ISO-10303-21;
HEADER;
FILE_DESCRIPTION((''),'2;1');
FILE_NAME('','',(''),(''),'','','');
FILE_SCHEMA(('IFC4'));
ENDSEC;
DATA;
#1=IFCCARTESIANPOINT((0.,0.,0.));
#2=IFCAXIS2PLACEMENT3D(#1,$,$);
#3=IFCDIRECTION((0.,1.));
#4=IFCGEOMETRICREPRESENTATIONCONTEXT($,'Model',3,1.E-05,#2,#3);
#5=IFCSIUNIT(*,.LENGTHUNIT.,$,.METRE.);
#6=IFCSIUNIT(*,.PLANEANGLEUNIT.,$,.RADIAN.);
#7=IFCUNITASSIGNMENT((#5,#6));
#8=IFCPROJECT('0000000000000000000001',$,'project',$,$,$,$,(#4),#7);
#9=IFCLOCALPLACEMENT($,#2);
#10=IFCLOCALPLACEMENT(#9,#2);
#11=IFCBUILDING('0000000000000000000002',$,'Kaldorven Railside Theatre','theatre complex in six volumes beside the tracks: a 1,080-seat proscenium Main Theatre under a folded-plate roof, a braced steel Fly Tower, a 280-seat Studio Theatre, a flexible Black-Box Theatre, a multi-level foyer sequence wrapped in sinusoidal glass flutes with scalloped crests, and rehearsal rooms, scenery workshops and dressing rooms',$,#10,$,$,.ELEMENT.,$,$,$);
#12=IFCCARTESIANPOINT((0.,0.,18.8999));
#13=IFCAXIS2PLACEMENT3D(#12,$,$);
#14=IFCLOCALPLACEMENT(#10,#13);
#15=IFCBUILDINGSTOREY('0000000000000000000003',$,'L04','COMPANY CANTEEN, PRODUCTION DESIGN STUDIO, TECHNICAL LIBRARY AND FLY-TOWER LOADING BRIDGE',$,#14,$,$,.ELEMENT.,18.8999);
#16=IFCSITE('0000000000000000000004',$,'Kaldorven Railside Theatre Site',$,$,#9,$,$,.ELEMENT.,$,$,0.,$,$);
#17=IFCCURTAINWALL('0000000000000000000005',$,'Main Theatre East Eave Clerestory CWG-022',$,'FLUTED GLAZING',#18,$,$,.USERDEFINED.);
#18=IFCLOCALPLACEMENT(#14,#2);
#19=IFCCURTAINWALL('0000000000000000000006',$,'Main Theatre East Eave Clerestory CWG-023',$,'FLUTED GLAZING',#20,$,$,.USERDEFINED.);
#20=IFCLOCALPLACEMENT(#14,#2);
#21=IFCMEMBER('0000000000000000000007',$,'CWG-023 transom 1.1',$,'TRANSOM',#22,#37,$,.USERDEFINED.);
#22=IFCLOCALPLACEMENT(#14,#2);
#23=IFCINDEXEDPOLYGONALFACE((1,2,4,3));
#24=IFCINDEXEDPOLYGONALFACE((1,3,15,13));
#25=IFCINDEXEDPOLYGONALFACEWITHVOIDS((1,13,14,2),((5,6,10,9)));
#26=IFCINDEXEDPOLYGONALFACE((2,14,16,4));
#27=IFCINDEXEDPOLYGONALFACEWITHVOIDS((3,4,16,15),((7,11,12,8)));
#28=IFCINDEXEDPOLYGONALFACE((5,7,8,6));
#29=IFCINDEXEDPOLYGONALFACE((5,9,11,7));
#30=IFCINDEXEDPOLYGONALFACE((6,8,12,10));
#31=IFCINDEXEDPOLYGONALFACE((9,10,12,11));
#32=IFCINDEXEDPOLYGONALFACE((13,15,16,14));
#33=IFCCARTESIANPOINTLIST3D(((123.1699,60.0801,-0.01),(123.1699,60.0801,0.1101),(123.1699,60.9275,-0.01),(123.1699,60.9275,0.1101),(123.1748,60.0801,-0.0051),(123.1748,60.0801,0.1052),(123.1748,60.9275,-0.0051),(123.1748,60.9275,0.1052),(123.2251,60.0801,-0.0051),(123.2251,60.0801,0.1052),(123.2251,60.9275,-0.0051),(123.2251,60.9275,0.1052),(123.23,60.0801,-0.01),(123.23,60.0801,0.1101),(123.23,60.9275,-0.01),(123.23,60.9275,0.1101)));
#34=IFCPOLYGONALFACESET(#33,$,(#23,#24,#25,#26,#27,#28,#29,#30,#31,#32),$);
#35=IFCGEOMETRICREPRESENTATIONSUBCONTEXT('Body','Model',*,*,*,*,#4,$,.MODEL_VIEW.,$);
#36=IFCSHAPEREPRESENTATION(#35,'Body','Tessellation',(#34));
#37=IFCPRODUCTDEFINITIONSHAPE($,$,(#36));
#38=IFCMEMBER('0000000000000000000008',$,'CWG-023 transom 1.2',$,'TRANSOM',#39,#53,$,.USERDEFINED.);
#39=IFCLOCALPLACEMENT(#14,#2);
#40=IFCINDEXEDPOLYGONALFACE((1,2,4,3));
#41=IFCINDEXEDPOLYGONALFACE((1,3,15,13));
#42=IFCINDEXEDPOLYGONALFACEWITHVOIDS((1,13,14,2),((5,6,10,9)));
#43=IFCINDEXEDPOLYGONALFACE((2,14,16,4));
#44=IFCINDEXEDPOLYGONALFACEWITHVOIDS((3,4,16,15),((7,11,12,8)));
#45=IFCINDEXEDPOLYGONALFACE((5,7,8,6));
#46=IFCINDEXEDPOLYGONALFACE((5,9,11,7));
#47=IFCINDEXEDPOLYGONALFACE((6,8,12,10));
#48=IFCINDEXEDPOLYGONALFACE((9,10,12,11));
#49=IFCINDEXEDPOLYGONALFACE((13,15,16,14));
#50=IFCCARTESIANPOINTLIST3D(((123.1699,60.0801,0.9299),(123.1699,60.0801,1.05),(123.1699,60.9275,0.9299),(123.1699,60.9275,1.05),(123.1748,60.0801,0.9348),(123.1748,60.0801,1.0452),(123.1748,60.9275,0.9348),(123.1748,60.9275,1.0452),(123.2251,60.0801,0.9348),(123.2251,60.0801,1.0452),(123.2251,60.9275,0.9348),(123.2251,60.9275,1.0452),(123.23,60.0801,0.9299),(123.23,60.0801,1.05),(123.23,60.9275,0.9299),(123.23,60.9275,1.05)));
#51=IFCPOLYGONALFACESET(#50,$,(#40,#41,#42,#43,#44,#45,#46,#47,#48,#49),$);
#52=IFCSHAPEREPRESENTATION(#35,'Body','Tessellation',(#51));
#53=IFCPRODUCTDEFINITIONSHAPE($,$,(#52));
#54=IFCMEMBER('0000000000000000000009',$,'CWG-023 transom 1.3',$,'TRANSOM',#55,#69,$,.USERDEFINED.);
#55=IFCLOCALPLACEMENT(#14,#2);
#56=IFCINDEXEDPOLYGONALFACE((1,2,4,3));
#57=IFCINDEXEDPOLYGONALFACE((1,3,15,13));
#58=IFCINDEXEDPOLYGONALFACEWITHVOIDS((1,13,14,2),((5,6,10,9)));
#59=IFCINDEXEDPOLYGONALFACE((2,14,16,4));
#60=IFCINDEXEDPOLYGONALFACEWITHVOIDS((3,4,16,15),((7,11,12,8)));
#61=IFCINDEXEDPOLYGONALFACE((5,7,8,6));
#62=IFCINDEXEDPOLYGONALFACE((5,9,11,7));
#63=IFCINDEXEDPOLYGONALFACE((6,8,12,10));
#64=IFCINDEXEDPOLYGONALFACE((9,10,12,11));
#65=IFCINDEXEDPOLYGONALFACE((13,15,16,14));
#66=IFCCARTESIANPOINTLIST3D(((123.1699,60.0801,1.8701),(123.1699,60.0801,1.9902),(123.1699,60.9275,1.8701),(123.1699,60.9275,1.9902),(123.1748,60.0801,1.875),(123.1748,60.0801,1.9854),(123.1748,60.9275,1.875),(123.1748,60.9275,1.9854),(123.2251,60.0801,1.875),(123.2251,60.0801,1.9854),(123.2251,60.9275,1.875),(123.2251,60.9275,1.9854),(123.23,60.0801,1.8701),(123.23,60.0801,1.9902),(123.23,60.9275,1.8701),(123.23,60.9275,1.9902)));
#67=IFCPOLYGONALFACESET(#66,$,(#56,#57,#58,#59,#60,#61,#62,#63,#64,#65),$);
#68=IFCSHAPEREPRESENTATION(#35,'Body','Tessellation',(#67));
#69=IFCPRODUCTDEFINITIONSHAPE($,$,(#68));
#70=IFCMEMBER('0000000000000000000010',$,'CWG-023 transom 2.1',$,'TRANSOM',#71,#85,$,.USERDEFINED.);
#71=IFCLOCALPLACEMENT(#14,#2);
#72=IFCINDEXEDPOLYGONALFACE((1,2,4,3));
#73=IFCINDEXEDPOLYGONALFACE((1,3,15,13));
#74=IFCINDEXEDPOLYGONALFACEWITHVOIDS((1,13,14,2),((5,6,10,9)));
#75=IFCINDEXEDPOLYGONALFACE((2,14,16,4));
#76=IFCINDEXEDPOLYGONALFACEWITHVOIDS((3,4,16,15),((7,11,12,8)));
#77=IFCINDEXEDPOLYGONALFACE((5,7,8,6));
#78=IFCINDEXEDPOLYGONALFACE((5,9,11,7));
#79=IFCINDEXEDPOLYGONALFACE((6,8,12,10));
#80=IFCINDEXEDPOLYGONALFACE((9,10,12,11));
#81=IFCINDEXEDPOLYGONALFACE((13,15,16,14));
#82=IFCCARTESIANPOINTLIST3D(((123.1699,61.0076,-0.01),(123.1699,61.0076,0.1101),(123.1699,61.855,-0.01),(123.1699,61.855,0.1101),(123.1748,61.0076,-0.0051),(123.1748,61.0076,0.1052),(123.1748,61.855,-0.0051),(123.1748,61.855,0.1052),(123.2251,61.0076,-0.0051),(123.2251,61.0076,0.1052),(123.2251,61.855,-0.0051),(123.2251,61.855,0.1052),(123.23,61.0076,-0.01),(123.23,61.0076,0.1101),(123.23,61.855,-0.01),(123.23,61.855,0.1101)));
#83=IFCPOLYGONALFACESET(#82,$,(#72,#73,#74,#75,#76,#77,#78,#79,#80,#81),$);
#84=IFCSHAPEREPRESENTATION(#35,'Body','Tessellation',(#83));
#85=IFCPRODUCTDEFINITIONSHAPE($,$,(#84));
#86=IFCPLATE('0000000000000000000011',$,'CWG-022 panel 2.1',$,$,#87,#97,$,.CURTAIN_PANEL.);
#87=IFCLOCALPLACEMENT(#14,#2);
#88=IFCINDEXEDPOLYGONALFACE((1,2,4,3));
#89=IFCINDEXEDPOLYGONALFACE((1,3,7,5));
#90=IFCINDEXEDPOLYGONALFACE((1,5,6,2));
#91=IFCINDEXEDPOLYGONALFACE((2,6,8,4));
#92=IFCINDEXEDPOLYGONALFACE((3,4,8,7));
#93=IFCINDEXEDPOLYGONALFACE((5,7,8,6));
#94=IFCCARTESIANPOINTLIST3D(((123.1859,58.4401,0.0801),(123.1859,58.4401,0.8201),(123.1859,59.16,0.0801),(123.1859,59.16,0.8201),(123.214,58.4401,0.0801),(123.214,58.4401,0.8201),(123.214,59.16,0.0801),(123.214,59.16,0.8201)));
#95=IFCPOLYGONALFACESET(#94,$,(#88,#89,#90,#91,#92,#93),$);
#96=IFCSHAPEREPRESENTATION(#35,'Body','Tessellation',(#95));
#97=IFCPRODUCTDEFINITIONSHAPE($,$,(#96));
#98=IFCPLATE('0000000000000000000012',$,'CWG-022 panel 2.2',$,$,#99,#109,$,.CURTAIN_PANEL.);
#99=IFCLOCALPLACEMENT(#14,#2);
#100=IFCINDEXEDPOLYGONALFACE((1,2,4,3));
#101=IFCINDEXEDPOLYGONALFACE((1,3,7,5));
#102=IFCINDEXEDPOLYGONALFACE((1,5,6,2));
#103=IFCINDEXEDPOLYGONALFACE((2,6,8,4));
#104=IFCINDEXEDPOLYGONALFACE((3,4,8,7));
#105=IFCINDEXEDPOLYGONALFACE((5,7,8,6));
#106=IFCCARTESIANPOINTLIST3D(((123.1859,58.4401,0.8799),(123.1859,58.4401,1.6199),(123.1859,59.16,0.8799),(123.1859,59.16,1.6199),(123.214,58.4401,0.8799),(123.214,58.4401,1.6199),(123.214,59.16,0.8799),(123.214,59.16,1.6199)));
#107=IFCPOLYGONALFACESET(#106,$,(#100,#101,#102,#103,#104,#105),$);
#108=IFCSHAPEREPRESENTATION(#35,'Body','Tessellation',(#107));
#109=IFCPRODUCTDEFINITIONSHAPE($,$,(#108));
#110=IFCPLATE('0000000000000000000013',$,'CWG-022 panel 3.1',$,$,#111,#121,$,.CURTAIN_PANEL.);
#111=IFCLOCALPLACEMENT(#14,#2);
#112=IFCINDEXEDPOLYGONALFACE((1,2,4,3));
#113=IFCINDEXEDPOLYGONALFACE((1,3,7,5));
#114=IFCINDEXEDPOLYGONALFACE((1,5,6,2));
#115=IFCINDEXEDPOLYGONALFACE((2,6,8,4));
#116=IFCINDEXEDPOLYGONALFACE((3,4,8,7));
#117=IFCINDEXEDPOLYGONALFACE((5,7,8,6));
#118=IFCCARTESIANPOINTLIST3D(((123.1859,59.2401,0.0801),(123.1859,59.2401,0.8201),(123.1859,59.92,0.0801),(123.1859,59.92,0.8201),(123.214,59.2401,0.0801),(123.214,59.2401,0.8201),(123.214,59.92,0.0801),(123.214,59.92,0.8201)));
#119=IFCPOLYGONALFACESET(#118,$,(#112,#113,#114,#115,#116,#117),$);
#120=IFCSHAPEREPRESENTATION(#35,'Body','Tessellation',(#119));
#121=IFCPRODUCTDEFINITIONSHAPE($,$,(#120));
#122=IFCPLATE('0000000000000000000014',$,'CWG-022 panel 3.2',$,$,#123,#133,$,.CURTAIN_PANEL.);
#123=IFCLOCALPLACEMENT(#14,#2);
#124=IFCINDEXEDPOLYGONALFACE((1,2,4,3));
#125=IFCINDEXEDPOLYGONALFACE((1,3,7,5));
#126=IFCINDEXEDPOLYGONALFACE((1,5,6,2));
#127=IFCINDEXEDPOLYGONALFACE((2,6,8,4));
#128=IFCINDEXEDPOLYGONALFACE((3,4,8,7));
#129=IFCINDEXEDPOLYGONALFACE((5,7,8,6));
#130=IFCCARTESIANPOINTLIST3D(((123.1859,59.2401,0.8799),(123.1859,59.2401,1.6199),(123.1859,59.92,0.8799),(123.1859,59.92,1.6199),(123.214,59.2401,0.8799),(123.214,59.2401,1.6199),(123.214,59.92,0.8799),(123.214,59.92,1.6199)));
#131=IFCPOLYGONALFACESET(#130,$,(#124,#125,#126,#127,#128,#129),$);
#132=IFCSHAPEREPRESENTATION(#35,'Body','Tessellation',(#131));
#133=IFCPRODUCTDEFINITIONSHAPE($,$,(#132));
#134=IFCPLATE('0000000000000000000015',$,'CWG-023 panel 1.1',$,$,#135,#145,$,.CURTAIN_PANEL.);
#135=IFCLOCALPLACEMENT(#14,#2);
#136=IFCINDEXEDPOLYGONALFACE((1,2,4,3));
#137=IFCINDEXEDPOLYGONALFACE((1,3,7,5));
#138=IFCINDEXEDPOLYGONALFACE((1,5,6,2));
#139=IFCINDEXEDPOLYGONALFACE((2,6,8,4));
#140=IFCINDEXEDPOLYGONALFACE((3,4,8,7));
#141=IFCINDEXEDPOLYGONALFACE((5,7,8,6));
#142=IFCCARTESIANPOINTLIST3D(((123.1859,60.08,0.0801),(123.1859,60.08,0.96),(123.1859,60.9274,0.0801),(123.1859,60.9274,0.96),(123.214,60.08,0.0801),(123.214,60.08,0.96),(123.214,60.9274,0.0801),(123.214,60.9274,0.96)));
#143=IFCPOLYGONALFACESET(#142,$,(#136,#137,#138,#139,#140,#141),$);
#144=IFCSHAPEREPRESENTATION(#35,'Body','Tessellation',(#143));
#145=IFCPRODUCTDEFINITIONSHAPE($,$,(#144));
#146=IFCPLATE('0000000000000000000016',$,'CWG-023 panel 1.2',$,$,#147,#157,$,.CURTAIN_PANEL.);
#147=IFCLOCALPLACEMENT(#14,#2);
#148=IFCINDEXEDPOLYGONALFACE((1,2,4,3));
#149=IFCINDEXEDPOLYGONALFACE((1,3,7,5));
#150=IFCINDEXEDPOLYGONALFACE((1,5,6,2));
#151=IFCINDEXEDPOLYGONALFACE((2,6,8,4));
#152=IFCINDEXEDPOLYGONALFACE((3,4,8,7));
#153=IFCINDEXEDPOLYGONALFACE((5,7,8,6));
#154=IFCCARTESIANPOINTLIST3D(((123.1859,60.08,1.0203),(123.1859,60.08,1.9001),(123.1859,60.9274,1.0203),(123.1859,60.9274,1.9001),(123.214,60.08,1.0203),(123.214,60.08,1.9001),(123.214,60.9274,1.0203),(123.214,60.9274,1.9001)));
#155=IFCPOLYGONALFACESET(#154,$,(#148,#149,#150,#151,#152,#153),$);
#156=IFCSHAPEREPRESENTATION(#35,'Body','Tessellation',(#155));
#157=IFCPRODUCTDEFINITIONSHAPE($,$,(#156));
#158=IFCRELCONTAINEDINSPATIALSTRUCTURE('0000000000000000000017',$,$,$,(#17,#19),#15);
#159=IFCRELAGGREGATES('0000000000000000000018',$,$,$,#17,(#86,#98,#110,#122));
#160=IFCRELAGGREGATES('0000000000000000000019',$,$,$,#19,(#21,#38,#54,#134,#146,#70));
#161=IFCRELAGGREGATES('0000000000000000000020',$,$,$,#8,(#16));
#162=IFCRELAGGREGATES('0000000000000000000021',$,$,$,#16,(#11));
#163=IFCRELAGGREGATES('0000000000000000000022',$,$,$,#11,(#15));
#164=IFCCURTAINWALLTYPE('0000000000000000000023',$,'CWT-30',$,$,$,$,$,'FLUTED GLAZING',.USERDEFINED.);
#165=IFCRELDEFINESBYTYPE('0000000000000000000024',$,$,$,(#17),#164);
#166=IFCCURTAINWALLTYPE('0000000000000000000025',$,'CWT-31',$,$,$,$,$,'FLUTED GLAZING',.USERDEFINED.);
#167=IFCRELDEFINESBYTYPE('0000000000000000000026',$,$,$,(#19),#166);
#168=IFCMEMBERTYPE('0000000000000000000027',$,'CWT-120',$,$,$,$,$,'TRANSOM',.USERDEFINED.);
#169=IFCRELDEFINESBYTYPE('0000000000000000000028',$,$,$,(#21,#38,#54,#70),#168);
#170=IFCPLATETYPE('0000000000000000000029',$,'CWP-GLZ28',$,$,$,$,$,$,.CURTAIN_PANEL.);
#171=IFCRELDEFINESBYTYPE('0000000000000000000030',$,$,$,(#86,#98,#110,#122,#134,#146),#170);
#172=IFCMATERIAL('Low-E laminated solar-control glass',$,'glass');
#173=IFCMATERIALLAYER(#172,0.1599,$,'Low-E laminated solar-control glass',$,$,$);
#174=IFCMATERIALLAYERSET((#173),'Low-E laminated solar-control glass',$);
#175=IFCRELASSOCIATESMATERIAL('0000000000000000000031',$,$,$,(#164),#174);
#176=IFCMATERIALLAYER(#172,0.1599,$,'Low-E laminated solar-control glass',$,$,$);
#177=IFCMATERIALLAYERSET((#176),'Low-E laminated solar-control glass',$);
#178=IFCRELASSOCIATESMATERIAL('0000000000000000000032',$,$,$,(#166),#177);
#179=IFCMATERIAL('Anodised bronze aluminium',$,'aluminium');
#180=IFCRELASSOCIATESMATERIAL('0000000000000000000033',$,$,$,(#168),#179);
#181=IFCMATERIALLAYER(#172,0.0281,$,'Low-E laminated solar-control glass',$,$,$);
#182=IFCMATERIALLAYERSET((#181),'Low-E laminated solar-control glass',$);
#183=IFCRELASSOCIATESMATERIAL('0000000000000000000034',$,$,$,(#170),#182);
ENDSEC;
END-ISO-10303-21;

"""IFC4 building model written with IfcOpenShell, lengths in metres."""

from ifc_helpers import new_model, si_unit, direction, frame, origin, origin_2d, place, context, subcontext, project, spatial, rectangle, hollow_rectangle, extrude, material, layer, layer_set, material_profile, profile_set, type_object, element, aggregate, save


model = new_model("IFC4")

# Units and contexts
model_context = context("Model", 3, precision=1e-05, world=origin(), true_north=direction((0.0, 1.0)))
body_context = subcontext(model_context, "Body", "Model", "MODEL_VIEW")
ifc_project = project(units=[si_unit("LENGTHUNIT", "METRE"), si_unit("PLANEANGLEUNIT", "RADIAN")], contexts=[model_context])

# Site, building, storey
site_placement = place(None, origin())
site = spatial("IfcSite", under=ifc_project, at=site_placement, Name="Kaldorven Railside Theatre Site", CompositionType="ELEMENT", RefElevation=0.0)
building_placement = place(site_placement, origin())
building = spatial("IfcBuilding", under=site, at=building_placement, Name="Kaldorven Railside Theatre", Description="theatre complex in six volumes beside the tracks: a 1,080-seat proscenium Main Theatre under a folded-plate roof, a braced steel Fly Tower, a 280-seat Studio Theatre, a flexible Black-Box Theatre, a multi-level foyer sequence wrapped in sinusoidal glass flutes with scalloped crests, and rehearsal rooms, scenery workshops and dressing rooms", CompositionType="ELEMENT")
storey_placement = place(building_placement, frame((0.0, 0.0, 18.8999)))
storey = spatial("IfcBuildingStorey", under=building, at=storey_placement, Name="L04", Description="COMPANY CANTEEN, PRODUCTION DESIGN STUDIO, TECHNICAL LIBRARY AND FLY-TOWER LOADING BRIDGE", CompositionType="ELEMENT", Elevation=18.8999)

# Curtain walls
ifc_material_1 = material(Name="Low-E laminated solar-control glass", Category="glass")
ifc_layer_1 = layer(ifc_material_1, 0.1599, Name="Low-E laminated solar-control glass")
ifc_layer_set_1 = layer_set([ifc_layer_1], Name="Low-E laminated solar-control glass")
curtain_wall_type_1 = type_object("IfcCurtainWallType", Name="CWT-30", ElementType="FLUTED GLAZING", PredefinedType="USERDEFINED", material=ifc_layer_set_1)
curtain_wall_1_placement = place(storey_placement, origin())
curtain_wall_1 = element("IfcCurtainWall", 1, at=curtain_wall_1_placement, inside=storey, type_object=curtain_wall_type_1, Name="Main Theatre East Eave Clerestory CWG-022", ObjectType="FLUTED GLAZING", PredefinedType="USERDEFINED")
ifc_material_2 = material(Name="Anodised bronze aluminium", Category="aluminium")
ifc_layer_2 = layer(ifc_material_1, 0.1599, Name="Low-E laminated solar-control glass")
ifc_layer_set_2 = layer_set([ifc_layer_2], Name="Low-E laminated solar-control glass")
curtain_wall_type_2 = type_object("IfcCurtainWallType", Name="CWT-31", ElementType="FLUTED GLAZING", PredefinedType="USERDEFINED", material=ifc_layer_set_2)
curtain_wall_2_placement = place(storey_placement, origin())
curtain_wall_2 = element("IfcCurtainWall", 2, at=curtain_wall_2_placement, inside=storey, type_object=curtain_wall_type_2, Name="Main Theatre East Eave Clerestory CWG-023", ObjectType="FLUTED GLAZING", PredefinedType="USERDEFINED")

# Members
ifc_material_profile_1 = material_profile(ifc_material_2, hollow_rectangle(XDim=0.0601, YDim=0.1201, WallThickness=0.0049, at=origin_2d()), Name="RHS 120x60x5")
ifc_profile_set_1 = profile_set([ifc_material_profile_1], Name="Anodised bronze aluminium")
member_type_1 = type_object("IfcMemberType", Name="CWT-120", ElementType="TRANSOM", PredefinedType="USERDEFINED", material=ifc_profile_set_1)
member_1_placement = place(storey_placement, frame((123.2, 60.0801, 0.05), z_axis=(0.0, 1.0, 0.0), x_axis=(-1.0, 0.0, 0.0)))
member_1 = element("IfcMember", 3, at=member_1_placement, type_object=member_type_1, Name="CWG-023 transom 1.1", ObjectType="TRANSOM", PredefinedType="USERDEFINED", context=body_context, shape_type="SweptSolid", body=[
    extrude(hollow_rectangle(XDim=0.0601, YDim=0.1201, WallThickness=0.0049, at=origin_2d()), origin(), (0.0, 0.0, 1.0), 0.8474),
])
member_2_placement = place(storey_placement, frame((123.2, 60.0801, 0.99), z_axis=(0.0, 1.0, 0.0), x_axis=(-1.0, 0.0, 0.0)))
member_2 = element("IfcMember", 4, at=member_2_placement, type_object=member_type_1, Name="CWG-023 transom 1.2", ObjectType="TRANSOM", PredefinedType="USERDEFINED", context=body_context, shape_type="SweptSolid", body=[
    extrude(hollow_rectangle(XDim=0.0601, YDim=0.1201, WallThickness=0.0049, at=origin_2d()), origin(), (0.0, 0.0, 1.0), 0.8474),
])
member_3_placement = place(storey_placement, frame((123.2, 60.0801, 1.9302), z_axis=(0.0, 1.0, 0.0), x_axis=(-1.0, 0.0, 0.0)))
member_3 = element("IfcMember", 5, at=member_3_placement, type_object=member_type_1, Name="CWG-023 transom 1.3", ObjectType="TRANSOM", PredefinedType="USERDEFINED", context=body_context, shape_type="SweptSolid", body=[
    extrude(hollow_rectangle(XDim=0.0601, YDim=0.1201, WallThickness=0.0049, at=origin_2d()), origin(), (0.0, 0.0, 1.0), 0.8474),
])
member_4_placement = place(storey_placement, frame((123.2, 61.0076, 0.05), z_axis=(0.0, 1.0, 0.0), x_axis=(-1.0, 0.0, 0.0)))
member_4 = element("IfcMember", 6, at=member_4_placement, type_object=member_type_1, Name="CWG-023 transom 2.1", ObjectType="TRANSOM", PredefinedType="USERDEFINED", context=body_context, shape_type="SweptSolid", body=[
    extrude(hollow_rectangle(XDim=0.0601, YDim=0.1201, WallThickness=0.0049, at=origin_2d()), origin(), (0.0, 0.0, 1.0), 0.8474),
])

# Plates
ifc_layer_3 = layer(ifc_material_1, 0.0281, Name="Low-E laminated solar-control glass")
ifc_layer_set_3 = layer_set([ifc_layer_3], Name="Low-E laminated solar-control glass")
plate_type = type_object("IfcPlateType", Name="CWP-GLZ28", PredefinedType="CURTAIN_PANEL", material=ifc_layer_set_3)
plate_1_placement = place(storey_placement, frame((123.2, 58.8, 0.0801), z_axis=(0.0, 0.0, 1.0), x_axis=(0.0, 1.0, 0.0)))
plate_1 = element("IfcPlate", 7, at=plate_1_placement, type_object=plate_type, Name="CWG-022 panel 2.1", PredefinedType="CURTAIN_PANEL", context=body_context, shape_type="SweptSolid", body=[
    extrude(rectangle(XDim=0.72, YDim=0.0281, at=origin_2d()), origin(), (0.0, 0.0, 1.0), 0.74),
])
plate_2_placement = place(storey_placement, frame((123.2, 58.8, 0.8799), z_axis=(0.0, 0.0, 1.0), x_axis=(0.0, 1.0, 0.0)))
plate_2 = element("IfcPlate", 8, at=plate_2_placement, type_object=plate_type, Name="CWG-022 panel 2.2", PredefinedType="CURTAIN_PANEL", context=body_context, shape_type="SweptSolid", body=[
    extrude(rectangle(XDim=0.72, YDim=0.0281, at=origin_2d()), origin(), (0.0, 0.0, 1.0), 0.74),
])
plate_3_placement = place(storey_placement, frame((123.2, 59.5801, 0.0801), z_axis=(0.0, 0.0, 1.0), x_axis=(0.0, 1.0, 0.0)))
plate_3 = element("IfcPlate", 9, at=plate_3_placement, type_object=plate_type, Name="CWG-022 panel 3.1", PredefinedType="CURTAIN_PANEL", context=body_context, shape_type="SweptSolid", body=[
    extrude(rectangle(XDim=0.6799, YDim=0.0281, at=origin_2d()), origin(), (0.0, 0.0, 1.0), 0.74),
])
plate_4_placement = place(storey_placement, frame((123.2, 59.5801, 0.8799), z_axis=(0.0, 0.0, 1.0), x_axis=(0.0, 1.0, 0.0)))
plate_4 = element("IfcPlate", 10, at=plate_4_placement, type_object=plate_type, Name="CWG-022 panel 3.2", PredefinedType="CURTAIN_PANEL", context=body_context, shape_type="SweptSolid", body=[
    extrude(rectangle(XDim=0.6799, YDim=0.0281, at=origin_2d()), origin(), (0.0, 0.0, 1.0), 0.74),
])
aggregate(curtain_wall_1, [plate_1, plate_2, plate_3, plate_4])
plate_5_placement = place(storey_placement, frame((123.2, 60.5037, 0.0801), z_axis=(0.0, 0.0, 1.0), x_axis=(0.0, 1.0, 0.0)))
plate_5 = element("IfcPlate", 11, at=plate_5_placement, type_object=plate_type, Name="CWG-023 panel 1.1", PredefinedType="CURTAIN_PANEL", context=body_context, shape_type="SweptSolid", body=[
    extrude(rectangle(XDim=0.8474, YDim=0.0281, at=origin_2d()), origin(), (0.0, 0.0, 1.0), 0.8799),
])
plate_6_placement = place(storey_placement, frame((123.2, 60.5037, 1.0203), z_axis=(0.0, 0.0, 1.0), x_axis=(0.0, 1.0, 0.0)))
plate_6 = element("IfcPlate", 12, at=plate_6_placement, type_object=plate_type, Name="CWG-023 panel 1.2", PredefinedType="CURTAIN_PANEL", context=body_context, shape_type="SweptSolid", body=[
    extrude(rectangle(XDim=0.8474, YDim=0.0281, at=origin_2d()), origin(), (0.0, 0.0, 1.0), 0.8799),
])
aggregate(curtain_wall_2, [member_1, member_2, member_3, plate_5, plate_6, member_4])

save(model, "model.ifc")
